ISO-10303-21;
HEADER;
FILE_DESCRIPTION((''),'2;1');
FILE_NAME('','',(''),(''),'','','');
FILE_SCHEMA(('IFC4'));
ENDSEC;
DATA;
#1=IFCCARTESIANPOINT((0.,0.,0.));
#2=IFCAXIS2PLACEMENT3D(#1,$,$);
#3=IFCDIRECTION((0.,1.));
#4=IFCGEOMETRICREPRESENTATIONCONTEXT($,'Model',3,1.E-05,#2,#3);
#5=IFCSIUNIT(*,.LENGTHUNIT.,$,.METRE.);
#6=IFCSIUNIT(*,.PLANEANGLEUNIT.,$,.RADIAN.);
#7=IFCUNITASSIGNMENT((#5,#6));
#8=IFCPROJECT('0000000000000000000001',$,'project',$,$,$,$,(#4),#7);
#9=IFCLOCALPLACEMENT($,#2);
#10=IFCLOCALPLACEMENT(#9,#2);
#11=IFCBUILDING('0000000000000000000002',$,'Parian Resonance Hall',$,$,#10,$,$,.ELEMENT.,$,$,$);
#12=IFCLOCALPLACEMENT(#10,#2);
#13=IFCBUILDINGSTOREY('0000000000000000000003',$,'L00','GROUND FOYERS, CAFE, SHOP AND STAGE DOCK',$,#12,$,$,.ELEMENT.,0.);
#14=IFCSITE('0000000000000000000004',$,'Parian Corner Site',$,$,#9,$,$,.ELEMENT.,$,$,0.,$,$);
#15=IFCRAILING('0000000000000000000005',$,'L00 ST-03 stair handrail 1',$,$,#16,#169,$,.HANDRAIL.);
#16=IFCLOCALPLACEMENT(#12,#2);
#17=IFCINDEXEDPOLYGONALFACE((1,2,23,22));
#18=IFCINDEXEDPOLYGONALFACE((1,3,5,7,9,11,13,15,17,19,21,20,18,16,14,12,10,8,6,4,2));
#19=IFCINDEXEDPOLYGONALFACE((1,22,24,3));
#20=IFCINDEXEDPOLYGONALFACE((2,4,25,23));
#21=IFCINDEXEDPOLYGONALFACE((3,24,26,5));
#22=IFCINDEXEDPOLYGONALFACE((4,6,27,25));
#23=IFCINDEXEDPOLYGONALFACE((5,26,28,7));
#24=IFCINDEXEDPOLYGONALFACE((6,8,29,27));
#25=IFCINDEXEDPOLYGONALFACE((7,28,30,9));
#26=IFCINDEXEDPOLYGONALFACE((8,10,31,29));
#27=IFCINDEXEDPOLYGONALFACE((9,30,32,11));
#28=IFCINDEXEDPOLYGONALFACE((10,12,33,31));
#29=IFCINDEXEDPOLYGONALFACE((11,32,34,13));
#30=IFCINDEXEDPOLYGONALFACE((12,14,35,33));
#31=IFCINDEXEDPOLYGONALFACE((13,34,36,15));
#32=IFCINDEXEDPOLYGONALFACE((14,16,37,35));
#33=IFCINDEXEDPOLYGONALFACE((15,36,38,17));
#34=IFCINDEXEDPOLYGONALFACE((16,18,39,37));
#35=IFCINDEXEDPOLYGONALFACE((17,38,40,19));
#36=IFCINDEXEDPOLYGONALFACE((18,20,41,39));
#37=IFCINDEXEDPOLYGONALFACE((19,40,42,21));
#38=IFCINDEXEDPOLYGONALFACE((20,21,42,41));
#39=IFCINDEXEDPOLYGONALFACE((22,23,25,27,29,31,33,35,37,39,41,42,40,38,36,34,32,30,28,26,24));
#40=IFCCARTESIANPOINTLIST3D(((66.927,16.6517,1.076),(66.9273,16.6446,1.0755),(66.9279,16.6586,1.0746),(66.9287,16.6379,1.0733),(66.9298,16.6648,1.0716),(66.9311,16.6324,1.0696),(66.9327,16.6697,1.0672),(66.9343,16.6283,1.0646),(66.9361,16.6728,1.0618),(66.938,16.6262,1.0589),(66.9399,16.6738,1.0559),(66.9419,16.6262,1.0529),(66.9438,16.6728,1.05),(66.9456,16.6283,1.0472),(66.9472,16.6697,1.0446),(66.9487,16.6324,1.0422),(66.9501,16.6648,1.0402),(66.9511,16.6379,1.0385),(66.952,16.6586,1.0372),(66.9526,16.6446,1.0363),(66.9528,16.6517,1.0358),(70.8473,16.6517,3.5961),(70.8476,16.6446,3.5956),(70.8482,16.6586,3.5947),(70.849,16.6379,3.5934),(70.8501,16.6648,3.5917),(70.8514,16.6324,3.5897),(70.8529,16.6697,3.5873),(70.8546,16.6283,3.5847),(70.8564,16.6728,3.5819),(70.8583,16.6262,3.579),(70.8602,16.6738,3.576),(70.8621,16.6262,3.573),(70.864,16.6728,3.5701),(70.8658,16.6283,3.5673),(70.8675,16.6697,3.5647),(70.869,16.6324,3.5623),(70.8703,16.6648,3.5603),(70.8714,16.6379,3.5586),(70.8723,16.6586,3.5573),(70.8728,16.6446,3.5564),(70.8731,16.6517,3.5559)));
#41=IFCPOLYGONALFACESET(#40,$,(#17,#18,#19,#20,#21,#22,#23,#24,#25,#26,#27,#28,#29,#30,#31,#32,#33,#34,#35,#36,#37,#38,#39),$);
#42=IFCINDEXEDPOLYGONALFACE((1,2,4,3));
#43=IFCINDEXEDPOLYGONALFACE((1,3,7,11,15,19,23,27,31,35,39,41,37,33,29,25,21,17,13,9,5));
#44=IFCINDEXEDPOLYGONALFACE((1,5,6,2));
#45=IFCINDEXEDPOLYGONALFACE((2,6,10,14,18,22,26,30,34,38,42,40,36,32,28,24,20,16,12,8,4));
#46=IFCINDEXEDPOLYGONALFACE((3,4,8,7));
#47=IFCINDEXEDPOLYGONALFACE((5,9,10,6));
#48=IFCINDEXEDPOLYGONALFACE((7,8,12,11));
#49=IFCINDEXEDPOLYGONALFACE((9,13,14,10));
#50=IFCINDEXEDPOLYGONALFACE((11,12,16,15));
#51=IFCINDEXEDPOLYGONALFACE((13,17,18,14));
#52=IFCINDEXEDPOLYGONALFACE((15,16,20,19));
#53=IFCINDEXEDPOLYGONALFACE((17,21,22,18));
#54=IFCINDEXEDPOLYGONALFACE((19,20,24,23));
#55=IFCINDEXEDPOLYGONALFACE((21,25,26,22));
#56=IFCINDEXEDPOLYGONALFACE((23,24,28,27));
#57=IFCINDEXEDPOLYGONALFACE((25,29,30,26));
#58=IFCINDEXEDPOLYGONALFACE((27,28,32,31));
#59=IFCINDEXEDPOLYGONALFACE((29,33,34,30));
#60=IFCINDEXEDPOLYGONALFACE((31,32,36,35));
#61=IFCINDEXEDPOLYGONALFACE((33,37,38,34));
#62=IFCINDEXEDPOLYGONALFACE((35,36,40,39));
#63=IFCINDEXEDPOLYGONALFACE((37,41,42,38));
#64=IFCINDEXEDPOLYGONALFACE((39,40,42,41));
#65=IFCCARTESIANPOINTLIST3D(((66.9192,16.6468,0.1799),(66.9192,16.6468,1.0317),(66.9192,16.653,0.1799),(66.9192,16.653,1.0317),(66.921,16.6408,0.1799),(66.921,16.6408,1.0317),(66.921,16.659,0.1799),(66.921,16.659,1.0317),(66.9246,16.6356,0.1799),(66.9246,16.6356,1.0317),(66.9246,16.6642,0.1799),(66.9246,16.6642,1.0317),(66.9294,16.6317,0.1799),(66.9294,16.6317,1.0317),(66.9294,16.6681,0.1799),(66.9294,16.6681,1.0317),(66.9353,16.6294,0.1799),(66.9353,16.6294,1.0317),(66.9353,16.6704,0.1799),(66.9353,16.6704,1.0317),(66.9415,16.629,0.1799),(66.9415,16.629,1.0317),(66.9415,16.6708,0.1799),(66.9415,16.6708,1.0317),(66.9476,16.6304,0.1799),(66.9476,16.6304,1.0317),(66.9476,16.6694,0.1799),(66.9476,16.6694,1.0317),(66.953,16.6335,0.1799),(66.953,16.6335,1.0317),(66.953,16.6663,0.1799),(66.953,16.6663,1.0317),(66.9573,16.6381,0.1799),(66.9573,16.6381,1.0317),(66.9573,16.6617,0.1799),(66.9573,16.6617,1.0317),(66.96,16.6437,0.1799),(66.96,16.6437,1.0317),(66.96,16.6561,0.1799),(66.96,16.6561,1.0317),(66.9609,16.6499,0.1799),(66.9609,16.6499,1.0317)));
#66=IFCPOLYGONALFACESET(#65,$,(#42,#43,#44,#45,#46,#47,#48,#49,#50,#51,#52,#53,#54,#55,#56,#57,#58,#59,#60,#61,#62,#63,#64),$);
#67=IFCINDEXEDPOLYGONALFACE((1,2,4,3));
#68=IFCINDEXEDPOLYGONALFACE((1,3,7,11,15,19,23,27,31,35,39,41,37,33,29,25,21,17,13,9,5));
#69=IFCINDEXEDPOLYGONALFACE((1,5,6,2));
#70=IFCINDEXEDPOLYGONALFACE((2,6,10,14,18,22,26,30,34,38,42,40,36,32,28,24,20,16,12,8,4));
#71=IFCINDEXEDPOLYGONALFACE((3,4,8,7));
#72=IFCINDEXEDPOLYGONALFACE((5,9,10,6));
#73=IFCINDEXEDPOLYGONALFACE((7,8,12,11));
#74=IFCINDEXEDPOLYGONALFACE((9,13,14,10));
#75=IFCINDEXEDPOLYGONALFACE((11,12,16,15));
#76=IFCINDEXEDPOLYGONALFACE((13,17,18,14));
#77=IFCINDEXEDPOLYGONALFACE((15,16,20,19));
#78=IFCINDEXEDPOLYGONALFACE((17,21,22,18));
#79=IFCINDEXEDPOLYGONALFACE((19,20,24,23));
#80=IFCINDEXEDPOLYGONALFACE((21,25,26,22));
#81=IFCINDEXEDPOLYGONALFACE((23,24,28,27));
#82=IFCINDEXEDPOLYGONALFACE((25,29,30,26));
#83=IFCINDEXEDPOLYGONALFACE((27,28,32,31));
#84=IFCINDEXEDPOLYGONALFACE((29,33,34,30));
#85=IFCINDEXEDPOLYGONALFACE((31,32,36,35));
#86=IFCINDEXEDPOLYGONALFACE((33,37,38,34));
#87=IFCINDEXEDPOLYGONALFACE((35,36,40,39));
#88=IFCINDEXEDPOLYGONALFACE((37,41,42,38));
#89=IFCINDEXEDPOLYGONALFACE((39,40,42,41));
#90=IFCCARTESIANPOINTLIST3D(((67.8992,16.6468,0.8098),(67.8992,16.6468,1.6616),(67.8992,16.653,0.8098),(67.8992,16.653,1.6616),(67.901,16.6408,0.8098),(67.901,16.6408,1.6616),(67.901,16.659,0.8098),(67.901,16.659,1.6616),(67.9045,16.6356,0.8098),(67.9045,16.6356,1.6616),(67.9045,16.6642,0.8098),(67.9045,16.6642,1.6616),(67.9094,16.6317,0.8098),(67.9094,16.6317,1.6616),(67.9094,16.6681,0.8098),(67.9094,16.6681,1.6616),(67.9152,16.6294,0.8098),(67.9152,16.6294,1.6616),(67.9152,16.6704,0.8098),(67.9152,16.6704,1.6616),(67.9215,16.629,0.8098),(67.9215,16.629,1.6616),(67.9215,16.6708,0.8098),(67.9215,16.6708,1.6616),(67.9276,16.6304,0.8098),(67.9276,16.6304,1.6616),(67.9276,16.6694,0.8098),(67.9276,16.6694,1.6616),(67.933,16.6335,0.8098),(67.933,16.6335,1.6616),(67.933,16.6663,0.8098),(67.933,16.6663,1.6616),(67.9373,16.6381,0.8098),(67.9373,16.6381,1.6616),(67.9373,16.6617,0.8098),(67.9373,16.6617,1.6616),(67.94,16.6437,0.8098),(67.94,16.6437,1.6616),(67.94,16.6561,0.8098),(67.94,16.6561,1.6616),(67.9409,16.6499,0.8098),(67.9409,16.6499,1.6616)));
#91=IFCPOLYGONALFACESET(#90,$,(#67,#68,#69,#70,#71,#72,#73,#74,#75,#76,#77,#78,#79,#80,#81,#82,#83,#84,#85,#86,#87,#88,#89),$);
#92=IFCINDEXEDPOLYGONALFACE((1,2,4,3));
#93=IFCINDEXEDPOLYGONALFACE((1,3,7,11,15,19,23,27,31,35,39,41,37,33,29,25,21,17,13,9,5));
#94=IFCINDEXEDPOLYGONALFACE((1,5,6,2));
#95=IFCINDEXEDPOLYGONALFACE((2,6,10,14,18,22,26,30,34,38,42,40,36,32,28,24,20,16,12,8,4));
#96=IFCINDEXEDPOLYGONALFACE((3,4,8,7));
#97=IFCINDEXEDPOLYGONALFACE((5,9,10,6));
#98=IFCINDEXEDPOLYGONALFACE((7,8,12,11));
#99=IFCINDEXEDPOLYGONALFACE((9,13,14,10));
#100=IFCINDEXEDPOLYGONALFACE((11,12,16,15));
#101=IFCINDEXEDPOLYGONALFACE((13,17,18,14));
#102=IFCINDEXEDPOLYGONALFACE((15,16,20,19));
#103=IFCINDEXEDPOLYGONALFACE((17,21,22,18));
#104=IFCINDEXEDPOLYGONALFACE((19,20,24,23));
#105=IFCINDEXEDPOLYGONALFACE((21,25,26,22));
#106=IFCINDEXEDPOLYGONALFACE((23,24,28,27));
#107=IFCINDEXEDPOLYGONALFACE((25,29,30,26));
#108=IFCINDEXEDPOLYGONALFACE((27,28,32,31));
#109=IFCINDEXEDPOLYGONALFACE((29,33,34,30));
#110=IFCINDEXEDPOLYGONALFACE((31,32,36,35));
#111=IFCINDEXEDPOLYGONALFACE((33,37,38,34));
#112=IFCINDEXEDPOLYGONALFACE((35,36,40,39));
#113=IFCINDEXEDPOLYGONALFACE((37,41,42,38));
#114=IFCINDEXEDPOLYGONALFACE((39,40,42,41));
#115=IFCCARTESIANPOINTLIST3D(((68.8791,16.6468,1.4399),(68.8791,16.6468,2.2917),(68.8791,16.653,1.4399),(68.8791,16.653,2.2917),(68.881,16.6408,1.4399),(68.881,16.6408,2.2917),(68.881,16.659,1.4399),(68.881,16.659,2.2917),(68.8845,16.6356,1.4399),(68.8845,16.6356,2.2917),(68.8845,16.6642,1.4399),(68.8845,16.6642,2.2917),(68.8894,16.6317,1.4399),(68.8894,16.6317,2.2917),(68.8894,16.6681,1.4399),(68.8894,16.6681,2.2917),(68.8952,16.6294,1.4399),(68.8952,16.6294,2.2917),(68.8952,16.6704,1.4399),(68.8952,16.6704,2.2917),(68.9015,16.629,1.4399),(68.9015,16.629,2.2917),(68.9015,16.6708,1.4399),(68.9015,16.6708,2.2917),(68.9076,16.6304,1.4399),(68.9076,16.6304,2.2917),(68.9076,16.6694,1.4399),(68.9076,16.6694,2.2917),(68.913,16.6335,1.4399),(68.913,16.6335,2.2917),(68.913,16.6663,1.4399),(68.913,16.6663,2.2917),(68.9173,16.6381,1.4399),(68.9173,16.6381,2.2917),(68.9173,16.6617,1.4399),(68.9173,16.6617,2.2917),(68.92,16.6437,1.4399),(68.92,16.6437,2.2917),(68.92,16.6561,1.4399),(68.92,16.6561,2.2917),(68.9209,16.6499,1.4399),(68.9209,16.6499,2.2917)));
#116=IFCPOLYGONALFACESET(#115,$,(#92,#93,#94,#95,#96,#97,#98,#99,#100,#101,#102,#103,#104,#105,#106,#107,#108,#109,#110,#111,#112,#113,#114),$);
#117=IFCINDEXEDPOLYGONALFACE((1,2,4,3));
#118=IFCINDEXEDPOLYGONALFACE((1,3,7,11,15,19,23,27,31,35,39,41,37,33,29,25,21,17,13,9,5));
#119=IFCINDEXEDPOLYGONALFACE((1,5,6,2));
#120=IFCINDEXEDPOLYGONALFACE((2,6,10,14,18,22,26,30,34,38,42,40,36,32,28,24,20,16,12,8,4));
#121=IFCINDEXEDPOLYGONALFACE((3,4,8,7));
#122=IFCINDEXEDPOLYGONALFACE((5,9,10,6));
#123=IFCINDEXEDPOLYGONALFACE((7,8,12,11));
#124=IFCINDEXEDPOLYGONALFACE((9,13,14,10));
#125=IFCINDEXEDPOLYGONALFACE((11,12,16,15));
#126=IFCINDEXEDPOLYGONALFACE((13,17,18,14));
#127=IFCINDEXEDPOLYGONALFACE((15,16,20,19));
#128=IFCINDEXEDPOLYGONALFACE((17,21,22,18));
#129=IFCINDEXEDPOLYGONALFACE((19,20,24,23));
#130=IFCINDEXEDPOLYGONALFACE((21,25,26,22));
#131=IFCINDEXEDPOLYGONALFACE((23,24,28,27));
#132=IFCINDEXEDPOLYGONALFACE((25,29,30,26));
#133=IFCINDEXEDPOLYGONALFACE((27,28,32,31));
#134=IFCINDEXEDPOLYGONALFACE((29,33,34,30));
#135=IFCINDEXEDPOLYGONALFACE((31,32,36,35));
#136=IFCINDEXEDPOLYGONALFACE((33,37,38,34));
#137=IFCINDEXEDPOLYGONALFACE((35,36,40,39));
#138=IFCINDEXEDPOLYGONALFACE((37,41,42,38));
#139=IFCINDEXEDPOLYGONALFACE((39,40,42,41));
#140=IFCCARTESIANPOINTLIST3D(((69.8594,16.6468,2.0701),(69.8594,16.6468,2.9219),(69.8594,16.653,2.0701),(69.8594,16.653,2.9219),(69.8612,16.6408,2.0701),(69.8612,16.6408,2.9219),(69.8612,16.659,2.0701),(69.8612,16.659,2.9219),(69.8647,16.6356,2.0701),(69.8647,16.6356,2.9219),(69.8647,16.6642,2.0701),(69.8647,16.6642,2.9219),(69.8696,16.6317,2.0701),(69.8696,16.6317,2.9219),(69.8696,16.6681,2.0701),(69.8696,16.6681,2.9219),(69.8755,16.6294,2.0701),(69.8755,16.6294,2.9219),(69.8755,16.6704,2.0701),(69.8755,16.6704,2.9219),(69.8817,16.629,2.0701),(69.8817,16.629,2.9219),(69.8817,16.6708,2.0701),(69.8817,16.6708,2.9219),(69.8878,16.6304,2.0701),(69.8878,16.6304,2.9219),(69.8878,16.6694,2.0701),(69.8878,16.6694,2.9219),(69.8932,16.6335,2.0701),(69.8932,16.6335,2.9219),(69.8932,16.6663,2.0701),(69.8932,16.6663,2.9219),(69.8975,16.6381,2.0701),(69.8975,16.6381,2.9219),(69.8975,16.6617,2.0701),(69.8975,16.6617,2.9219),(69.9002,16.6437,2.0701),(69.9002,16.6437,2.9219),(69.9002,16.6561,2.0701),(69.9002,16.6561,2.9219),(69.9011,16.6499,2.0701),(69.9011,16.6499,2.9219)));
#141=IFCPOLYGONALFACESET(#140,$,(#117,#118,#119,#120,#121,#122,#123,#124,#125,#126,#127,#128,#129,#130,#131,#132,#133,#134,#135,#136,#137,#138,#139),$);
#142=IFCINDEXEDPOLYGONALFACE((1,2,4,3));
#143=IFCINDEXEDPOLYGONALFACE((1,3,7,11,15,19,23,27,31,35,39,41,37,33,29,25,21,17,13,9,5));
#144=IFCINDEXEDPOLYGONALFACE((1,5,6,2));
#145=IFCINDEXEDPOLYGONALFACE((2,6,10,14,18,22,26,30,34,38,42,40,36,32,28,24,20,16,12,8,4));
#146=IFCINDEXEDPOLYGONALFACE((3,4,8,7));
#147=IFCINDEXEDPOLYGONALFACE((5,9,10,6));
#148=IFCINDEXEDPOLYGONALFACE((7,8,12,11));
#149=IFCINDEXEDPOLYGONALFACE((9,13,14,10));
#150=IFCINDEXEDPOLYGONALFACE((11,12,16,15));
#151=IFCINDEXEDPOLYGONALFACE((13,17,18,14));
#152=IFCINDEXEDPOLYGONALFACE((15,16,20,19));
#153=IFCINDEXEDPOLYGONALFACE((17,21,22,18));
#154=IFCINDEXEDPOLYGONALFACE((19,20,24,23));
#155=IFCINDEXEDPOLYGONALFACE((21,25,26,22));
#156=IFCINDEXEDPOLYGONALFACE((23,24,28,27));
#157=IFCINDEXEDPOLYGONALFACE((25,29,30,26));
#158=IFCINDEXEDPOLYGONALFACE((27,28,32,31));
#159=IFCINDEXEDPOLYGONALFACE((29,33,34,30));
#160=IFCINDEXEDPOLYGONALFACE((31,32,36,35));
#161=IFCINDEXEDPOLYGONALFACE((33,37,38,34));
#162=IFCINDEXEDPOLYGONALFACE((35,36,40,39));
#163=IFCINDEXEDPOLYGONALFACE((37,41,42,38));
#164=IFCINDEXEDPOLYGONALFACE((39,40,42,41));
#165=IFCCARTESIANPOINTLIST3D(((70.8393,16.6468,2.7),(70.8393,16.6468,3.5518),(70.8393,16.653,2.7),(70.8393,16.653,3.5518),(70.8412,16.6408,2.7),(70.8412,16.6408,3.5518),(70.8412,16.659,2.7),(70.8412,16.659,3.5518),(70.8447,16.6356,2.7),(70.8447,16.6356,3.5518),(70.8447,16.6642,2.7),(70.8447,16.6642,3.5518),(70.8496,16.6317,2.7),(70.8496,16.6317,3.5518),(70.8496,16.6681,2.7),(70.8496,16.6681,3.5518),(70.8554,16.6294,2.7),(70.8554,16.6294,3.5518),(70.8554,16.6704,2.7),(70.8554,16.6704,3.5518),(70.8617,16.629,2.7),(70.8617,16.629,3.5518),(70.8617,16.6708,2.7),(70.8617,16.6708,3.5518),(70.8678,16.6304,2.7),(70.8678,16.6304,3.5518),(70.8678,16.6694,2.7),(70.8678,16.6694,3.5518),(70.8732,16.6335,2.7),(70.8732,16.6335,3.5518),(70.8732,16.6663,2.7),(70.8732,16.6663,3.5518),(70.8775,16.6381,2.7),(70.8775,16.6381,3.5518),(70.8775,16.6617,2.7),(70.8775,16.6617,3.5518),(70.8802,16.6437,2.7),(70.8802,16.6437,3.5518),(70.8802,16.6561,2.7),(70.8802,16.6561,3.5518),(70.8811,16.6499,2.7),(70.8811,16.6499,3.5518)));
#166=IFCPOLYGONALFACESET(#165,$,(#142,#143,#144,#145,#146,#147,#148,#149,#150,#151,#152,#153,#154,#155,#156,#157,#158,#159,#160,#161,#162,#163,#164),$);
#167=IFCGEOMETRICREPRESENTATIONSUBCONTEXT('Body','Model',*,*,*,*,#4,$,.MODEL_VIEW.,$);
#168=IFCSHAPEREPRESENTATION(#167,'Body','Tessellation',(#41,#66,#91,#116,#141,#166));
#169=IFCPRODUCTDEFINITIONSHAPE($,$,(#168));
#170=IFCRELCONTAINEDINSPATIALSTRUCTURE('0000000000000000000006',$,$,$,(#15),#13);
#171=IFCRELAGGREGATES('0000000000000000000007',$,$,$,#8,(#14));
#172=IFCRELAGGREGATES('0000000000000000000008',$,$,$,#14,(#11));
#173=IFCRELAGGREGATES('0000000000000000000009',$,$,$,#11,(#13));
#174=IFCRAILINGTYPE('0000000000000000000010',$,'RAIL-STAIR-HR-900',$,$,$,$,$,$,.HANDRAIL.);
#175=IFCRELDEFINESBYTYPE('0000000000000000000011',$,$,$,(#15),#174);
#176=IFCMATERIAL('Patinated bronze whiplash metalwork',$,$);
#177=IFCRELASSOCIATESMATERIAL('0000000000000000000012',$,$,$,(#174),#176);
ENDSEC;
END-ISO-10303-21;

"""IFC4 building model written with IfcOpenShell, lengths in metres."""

from ifc_helpers import new_model, si_unit, direction, frame, origin, origin_2d, place, context, subcontext, project, spatial, circle, extrude, material, type_object, element, save


model = new_model("IFC4")

# Units and contexts
model_context = context("Model", 3, precision=1e-05, world=origin(), true_north=direction((0.0, 1.0)))
body_context = subcontext(model_context, "Body", "Model", "MODEL_VIEW")
ifc_project = project(units=[si_unit("LENGTHUNIT", "METRE"), si_unit("PLANEANGLEUNIT", "RADIAN")], contexts=[model_context])

# Site, building, storey
site_placement = place(None, origin())
site = spatial("IfcSite", under=ifc_project, at=site_placement, Name="Parian Corner Site", CompositionType="ELEMENT", RefElevation=0.0)
building_placement = place(site_placement, origin())
building = spatial("IfcBuilding", under=site, at=building_placement, Name="Parian Resonance Hall", CompositionType="ELEMENT")
storey_placement = place(building_placement, origin())
storey = spatial("IfcBuildingStorey", under=building, at=storey_placement, Name="L00", Description="GROUND FOYERS, CAFE, SHOP AND STAGE DOCK", CompositionType="ELEMENT", Elevation=0.0)

# Railing
ifc_material_1 = material(Name="Patinated bronze whiplash metalwork")
railing_type_1 = type_object("IfcRailingType", Name="RAIL-STAIR-HR-900", PredefinedType="HANDRAIL", material=ifc_material_1)
railing_1_placement = place(storey_placement, frame((66.9399, 16.6499, 0.1799)))
element("IfcRailing", 1, at=railing_1_placement, inside=storey, type_object=railing_type_1, Name="L00 ST-03 stair handrail 1", PredefinedType="HANDRAIL", context=body_context, shape_type="SweptSolid", body=[
    extrude(circle(Radius=0.0239, at=origin_2d()), frame((0.0, 0.0, 0.876), z_axis=(0.841187, 0.0, 0.540744), x_axis=(0.0, 1.0, 0.0)), (0.0, 0.0, 1.0), 4.6604),
    extrude(circle(Radius=0.021, at=origin_2d()), origin(), (0.0, 0.0, 1.0), 0.8518),
    extrude(circle(Radius=0.021, at=origin_2d()), frame((0.98, 0.0, 0.6299)), (0.0, 0.0, 1.0), 0.8518),
    extrude(circle(Radius=0.021, at=origin_2d()), frame((1.96, 0.0, 1.26)), (0.0, 0.0, 1.0), 0.8518),
    extrude(circle(Radius=0.021, at=origin_2d()), frame((2.9402, 0.0, 1.8901)), (0.0, 0.0, 1.0), 0.8518),
    extrude(circle(Radius=0.021, at=origin_2d()), frame((3.9202, 0.0, 2.52)), (0.0, 0.0, 1.0), 0.8518),
])

save(model, "model.ifc")
